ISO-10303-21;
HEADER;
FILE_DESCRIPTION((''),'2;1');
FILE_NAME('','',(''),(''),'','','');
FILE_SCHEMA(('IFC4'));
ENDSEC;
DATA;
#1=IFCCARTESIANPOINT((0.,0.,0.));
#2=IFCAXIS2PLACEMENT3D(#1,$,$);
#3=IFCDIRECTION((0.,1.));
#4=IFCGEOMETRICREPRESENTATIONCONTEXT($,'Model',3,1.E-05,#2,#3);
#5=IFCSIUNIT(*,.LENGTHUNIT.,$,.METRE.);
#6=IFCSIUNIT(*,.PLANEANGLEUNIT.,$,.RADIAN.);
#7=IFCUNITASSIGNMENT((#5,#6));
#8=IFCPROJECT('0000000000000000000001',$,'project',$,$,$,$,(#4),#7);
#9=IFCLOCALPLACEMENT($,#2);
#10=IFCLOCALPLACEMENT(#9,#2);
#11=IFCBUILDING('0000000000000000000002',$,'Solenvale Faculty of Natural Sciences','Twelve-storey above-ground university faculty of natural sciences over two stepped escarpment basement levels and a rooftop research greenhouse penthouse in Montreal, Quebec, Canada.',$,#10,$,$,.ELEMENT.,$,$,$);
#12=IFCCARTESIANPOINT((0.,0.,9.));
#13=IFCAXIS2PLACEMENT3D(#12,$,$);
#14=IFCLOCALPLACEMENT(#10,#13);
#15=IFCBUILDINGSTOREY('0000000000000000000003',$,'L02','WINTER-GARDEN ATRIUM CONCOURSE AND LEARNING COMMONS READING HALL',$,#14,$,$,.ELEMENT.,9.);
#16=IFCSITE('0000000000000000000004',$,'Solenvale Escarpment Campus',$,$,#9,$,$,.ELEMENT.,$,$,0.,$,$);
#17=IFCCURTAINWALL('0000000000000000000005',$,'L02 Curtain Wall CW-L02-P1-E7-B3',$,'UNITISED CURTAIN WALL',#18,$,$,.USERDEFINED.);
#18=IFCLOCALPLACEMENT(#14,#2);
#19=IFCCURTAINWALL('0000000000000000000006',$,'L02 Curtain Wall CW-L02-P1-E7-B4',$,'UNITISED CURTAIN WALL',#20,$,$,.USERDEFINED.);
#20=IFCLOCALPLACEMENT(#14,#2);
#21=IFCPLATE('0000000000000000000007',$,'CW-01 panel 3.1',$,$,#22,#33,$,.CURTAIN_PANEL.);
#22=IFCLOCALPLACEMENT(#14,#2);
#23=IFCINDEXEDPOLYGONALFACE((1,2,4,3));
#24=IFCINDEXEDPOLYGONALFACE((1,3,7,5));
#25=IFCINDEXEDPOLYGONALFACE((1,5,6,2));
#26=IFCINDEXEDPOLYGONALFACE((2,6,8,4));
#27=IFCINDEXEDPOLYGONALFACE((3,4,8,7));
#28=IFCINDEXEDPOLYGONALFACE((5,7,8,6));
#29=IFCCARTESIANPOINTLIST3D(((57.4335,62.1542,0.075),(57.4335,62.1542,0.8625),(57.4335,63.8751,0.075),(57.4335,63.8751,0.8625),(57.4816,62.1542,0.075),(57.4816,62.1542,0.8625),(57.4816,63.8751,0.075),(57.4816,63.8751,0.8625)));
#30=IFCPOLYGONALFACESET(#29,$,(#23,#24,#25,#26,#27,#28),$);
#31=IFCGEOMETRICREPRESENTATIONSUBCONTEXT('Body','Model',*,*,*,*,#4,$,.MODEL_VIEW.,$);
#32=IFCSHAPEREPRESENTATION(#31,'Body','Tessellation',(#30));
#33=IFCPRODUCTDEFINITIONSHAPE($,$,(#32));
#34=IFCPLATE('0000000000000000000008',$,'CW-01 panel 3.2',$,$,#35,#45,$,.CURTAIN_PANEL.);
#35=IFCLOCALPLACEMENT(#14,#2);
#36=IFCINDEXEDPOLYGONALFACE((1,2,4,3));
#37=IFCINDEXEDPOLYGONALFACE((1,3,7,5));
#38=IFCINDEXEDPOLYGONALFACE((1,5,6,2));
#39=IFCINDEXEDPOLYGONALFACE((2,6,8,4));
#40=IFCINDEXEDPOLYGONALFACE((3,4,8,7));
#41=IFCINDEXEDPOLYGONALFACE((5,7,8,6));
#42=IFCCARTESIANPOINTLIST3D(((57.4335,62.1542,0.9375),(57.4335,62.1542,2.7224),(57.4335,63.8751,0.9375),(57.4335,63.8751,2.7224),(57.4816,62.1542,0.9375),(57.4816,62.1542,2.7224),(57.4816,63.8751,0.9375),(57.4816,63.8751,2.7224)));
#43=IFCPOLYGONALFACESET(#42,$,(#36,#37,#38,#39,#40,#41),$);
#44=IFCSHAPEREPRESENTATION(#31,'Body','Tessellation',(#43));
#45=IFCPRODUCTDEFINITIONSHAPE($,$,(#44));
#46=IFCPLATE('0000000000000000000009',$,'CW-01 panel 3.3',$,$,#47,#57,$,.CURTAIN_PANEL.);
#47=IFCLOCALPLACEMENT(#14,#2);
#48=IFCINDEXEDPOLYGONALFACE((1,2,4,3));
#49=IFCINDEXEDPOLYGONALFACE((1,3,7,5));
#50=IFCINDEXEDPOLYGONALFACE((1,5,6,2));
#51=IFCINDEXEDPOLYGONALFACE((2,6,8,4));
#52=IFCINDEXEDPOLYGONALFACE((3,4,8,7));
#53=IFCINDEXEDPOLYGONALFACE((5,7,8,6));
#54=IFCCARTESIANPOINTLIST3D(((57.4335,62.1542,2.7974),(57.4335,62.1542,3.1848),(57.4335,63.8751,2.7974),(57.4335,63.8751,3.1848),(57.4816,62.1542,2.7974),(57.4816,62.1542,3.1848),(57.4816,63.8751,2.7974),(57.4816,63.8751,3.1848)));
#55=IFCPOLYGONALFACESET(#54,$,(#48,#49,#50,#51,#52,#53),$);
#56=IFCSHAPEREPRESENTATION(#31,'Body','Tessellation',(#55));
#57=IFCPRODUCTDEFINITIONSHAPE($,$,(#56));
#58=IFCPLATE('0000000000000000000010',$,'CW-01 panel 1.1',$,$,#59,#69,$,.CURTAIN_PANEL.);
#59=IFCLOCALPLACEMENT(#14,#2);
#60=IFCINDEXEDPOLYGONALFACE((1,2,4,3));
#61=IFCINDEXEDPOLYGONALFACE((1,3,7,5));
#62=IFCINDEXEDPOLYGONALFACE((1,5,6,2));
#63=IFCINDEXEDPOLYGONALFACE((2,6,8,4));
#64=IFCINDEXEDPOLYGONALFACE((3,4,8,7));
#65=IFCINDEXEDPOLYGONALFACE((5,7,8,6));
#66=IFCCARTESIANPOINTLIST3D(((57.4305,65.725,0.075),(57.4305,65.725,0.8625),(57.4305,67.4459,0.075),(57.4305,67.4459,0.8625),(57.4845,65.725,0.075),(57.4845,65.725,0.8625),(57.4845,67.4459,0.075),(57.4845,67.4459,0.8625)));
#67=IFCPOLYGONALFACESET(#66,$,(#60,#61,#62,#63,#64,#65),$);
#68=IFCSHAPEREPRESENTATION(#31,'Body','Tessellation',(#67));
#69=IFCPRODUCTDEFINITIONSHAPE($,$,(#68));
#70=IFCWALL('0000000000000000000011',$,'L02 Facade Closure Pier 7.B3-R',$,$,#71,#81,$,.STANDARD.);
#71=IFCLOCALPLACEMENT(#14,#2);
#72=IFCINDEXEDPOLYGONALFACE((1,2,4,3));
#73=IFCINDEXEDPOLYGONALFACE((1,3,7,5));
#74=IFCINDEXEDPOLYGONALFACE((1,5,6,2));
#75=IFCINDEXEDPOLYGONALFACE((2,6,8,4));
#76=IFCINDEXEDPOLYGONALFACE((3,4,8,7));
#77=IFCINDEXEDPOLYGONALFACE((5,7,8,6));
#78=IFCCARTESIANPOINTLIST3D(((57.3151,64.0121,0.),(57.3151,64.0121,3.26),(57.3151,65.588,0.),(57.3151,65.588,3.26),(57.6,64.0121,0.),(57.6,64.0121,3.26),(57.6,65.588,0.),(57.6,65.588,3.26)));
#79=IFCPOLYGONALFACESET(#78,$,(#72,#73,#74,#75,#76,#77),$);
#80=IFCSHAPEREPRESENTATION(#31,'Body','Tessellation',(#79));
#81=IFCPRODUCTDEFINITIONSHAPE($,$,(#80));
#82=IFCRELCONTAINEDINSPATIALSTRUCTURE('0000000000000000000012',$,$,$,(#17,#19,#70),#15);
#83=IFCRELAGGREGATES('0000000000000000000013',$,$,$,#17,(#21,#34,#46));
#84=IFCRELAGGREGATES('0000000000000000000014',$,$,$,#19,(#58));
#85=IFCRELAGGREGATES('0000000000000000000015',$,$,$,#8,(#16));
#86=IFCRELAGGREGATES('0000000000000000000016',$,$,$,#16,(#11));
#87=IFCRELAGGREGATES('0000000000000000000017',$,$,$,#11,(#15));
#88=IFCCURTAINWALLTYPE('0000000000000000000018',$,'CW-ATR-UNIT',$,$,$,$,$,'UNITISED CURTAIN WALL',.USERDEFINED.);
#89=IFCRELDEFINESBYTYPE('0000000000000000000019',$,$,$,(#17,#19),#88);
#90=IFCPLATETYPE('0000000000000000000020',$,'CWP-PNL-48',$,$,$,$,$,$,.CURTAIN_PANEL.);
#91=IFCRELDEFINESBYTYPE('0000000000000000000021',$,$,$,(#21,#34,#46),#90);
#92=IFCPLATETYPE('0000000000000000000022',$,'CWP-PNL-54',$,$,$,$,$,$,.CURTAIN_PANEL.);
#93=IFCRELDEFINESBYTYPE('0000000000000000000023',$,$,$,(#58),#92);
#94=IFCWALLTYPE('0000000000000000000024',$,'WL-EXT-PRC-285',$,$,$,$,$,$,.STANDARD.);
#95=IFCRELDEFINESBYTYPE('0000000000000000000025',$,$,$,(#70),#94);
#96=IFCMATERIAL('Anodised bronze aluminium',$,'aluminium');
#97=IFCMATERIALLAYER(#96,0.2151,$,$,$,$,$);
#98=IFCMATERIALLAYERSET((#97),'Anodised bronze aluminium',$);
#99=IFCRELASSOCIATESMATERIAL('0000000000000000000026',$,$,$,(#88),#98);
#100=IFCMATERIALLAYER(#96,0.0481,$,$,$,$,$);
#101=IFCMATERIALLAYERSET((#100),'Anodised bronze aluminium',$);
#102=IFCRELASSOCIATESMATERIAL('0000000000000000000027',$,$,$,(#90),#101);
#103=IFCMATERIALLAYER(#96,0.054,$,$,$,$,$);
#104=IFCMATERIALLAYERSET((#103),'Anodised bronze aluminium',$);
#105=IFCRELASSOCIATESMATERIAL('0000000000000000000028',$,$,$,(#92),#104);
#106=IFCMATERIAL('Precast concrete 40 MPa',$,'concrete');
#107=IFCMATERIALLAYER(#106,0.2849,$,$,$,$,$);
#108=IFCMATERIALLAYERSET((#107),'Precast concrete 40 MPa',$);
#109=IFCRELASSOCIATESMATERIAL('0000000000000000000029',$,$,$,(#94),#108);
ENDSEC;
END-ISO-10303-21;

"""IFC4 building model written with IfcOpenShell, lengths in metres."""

from ifc_helpers import new_model, si_unit, direction, frame, frame_2d, origin, origin_2d, place, context, subcontext, project, spatial, rectangle, extrude, material, layer, layer_set, type_object, element, aggregate, save


model = new_model("IFC4")

# Units and contexts
model_context = context("Model", 3, precision=1e-05, world=origin(), true_north=direction((0.0, 1.0)))
body_context = subcontext(model_context, "Body", "Model", "MODEL_VIEW")
ifc_project = project(units=[si_unit("LENGTHUNIT", "METRE"), si_unit("PLANEANGLEUNIT", "RADIAN")], contexts=[model_context])

# Site, building, storey
site_placement = place(None, origin())
site = spatial("IfcSite", under=ifc_project, at=site_placement, Name="Solenvale Escarpment Campus", CompositionType="ELEMENT", RefElevation=0.0)
building_placement = place(site_placement, origin())
building = spatial("IfcBuilding", under=site, at=building_placement, Name="Solenvale Faculty of Natural Sciences", Description="Twelve-storey above-ground university faculty of natural sciences over two stepped escarpment basement levels and a rooftop research greenhouse penthouse in Montreal, Quebec, Canada.", CompositionType="ELEMENT")
storey_placement = place(building_placement, frame((0.0, 0.0, 9.0)))
storey = spatial("IfcBuildingStorey", under=building, at=storey_placement, Name="L02", Description="WINTER-GARDEN ATRIUM CONCOURSE AND LEARNING COMMONS READING HALL", CompositionType="ELEMENT", Elevation=9.0)

# Curtain wall
ifc_material_1 = material(Name="Anodised bronze aluminium", Category="aluminium")
ifc_layer_1 = layer(ifc_material_1, 0.2151)
ifc_layer_set_1 = layer_set([ifc_layer_1], Name="Anodised bronze aluminium")
curtain_wall_type = type_object("IfcCurtainWallType", Name="CW-ATR-UNIT", ElementType="UNITISED CURTAIN WALL", PredefinedType="USERDEFINED", material=ifc_layer_set_1)
curtain_wall_1_placement = place(storey_placement, origin())
curtain_wall_1 = element("IfcCurtainWall", 1, at=curtain_wall_1_placement, inside=storey, type_object=curtain_wall_type, Name="L02 Curtain Wall CW-L02-P1-E7-B3", ObjectType="UNITISED CURTAIN WALL", PredefinedType="USERDEFINED")

# Curtain wall
curtain_wall_2_placement = place(storey_placement, origin())
curtain_wall_2 = element("IfcCurtainWall", 2, at=curtain_wall_2_placement, inside=storey, type_object=curtain_wall_type, Name="L02 Curtain Wall CW-L02-P1-E7-B4", ObjectType="UNITISED CURTAIN WALL", PredefinedType="USERDEFINED")

# Plates
ifc_layer_2 = layer(ifc_material_1, 0.0481)
ifc_layer_set_2 = layer_set([ifc_layer_2], Name="Anodised bronze aluminium")
plate_type_1 = type_object("IfcPlateType", Name="CWP-PNL-48", PredefinedType="CURTAIN_PANEL", material=ifc_layer_set_2)
plate_1_placement = place(storey_placement, frame((57.4575, 63.0146, 0.075), z_axis=(0.0, 0.0, 1.0), x_axis=(0.0, 1.0, 0.0)))
plate_1 = element("IfcPlate", 3, at=plate_1_placement, type_object=plate_type_1, Name="CW-01 panel 3.1", PredefinedType="CURTAIN_PANEL", context=body_context, shape_type="SweptSolid", body=[
    extrude(rectangle(XDim=1.7209, YDim=0.0481, at=origin_2d()), origin(), (0.0, 0.0, 1.0), 0.7876),
])
plate_2_placement = place(storey_placement, frame((57.4575, 63.0146, 0.9375), z_axis=(0.0, 0.0, 1.0), x_axis=(0.0, 1.0, 0.0)))
plate_2 = element("IfcPlate", 4, at=plate_2_placement, type_object=plate_type_1, Name="CW-01 panel 3.2", PredefinedType="CURTAIN_PANEL", context=body_context, shape_type="SweptSolid", body=[
    extrude(rectangle(XDim=1.7209, YDim=0.0481, at=origin_2d()), origin(), (0.0, 0.0, 1.0), 1.7849),
])
plate_3_placement = place(storey_placement, frame((57.4575, 63.0146, 2.7974), z_axis=(0.0, 0.0, 1.0), x_axis=(0.0, 1.0, 0.0)))
plate_3 = element("IfcPlate", 5, at=plate_3_placement, type_object=plate_type_1, Name="CW-01 panel 3.3", PredefinedType="CURTAIN_PANEL", context=body_context, shape_type="SweptSolid", body=[
    extrude(rectangle(XDim=1.7209, YDim=0.0481, at=origin_2d()), origin(), (0.0, 0.0, 1.0), 0.3875),
])
aggregate(curtain_wall_1, [plate_1, plate_2, plate_3])
ifc_layer_3 = layer(ifc_material_1, 0.054)
ifc_layer_set_3 = layer_set([ifc_layer_3], Name="Anodised bronze aluminium")
plate_type_2 = type_object("IfcPlateType", Name="CWP-PNL-54", PredefinedType="CURTAIN_PANEL", material=ifc_layer_set_3)
plate_4_placement = place(storey_placement, frame((57.4575, 66.5854, 0.075), z_axis=(0.0, 0.0, 1.0), x_axis=(0.0, 1.0, 0.0)))
plate_4 = element("IfcPlate", 6, at=plate_4_placement, type_object=plate_type_2, Name="CW-01 panel 1.1", PredefinedType="CURTAIN_PANEL", context=body_context, shape_type="SweptSolid", body=[
    extrude(rectangle(XDim=1.7209, YDim=0.054, at=origin_2d()), origin(), (0.0, 0.0, 1.0), 0.7876),
])
aggregate(curtain_wall_2, [plate_4])

# Wall
ifc_material_2 = material(Name="Precast concrete 40 MPa", Category="concrete")
ifc_layer_4 = layer(ifc_material_2, 0.2849)
ifc_layer_set_4 = layer_set([ifc_layer_4], Name="Precast concrete 40 MPa")
wall_type = type_object("IfcWallType", Name="WL-EXT-PRC-285", PredefinedType="STANDARD", material=ifc_layer_set_4)
wall_placement = place(storey_placement, frame((57.4575, 64.012, 0.0), z_axis=(0.0, 0.0, 1.0), x_axis=(0.0, 1.0, 0.0)))
element("IfcWall", 7, at=wall_placement, inside=storey, type_object=wall_type, Name="L02 Facade Closure Pier 7.B3-R", PredefinedType="STANDARD", context=body_context, shape_type="SweptSolid", body=[
    extrude(rectangle(XDim=1.5759, YDim=0.2849, at=frame_2d((0.7881, 0.0))), origin(), (0.0, 0.0, 1.0), 3.26),
])

save(model, "model.ifc")
